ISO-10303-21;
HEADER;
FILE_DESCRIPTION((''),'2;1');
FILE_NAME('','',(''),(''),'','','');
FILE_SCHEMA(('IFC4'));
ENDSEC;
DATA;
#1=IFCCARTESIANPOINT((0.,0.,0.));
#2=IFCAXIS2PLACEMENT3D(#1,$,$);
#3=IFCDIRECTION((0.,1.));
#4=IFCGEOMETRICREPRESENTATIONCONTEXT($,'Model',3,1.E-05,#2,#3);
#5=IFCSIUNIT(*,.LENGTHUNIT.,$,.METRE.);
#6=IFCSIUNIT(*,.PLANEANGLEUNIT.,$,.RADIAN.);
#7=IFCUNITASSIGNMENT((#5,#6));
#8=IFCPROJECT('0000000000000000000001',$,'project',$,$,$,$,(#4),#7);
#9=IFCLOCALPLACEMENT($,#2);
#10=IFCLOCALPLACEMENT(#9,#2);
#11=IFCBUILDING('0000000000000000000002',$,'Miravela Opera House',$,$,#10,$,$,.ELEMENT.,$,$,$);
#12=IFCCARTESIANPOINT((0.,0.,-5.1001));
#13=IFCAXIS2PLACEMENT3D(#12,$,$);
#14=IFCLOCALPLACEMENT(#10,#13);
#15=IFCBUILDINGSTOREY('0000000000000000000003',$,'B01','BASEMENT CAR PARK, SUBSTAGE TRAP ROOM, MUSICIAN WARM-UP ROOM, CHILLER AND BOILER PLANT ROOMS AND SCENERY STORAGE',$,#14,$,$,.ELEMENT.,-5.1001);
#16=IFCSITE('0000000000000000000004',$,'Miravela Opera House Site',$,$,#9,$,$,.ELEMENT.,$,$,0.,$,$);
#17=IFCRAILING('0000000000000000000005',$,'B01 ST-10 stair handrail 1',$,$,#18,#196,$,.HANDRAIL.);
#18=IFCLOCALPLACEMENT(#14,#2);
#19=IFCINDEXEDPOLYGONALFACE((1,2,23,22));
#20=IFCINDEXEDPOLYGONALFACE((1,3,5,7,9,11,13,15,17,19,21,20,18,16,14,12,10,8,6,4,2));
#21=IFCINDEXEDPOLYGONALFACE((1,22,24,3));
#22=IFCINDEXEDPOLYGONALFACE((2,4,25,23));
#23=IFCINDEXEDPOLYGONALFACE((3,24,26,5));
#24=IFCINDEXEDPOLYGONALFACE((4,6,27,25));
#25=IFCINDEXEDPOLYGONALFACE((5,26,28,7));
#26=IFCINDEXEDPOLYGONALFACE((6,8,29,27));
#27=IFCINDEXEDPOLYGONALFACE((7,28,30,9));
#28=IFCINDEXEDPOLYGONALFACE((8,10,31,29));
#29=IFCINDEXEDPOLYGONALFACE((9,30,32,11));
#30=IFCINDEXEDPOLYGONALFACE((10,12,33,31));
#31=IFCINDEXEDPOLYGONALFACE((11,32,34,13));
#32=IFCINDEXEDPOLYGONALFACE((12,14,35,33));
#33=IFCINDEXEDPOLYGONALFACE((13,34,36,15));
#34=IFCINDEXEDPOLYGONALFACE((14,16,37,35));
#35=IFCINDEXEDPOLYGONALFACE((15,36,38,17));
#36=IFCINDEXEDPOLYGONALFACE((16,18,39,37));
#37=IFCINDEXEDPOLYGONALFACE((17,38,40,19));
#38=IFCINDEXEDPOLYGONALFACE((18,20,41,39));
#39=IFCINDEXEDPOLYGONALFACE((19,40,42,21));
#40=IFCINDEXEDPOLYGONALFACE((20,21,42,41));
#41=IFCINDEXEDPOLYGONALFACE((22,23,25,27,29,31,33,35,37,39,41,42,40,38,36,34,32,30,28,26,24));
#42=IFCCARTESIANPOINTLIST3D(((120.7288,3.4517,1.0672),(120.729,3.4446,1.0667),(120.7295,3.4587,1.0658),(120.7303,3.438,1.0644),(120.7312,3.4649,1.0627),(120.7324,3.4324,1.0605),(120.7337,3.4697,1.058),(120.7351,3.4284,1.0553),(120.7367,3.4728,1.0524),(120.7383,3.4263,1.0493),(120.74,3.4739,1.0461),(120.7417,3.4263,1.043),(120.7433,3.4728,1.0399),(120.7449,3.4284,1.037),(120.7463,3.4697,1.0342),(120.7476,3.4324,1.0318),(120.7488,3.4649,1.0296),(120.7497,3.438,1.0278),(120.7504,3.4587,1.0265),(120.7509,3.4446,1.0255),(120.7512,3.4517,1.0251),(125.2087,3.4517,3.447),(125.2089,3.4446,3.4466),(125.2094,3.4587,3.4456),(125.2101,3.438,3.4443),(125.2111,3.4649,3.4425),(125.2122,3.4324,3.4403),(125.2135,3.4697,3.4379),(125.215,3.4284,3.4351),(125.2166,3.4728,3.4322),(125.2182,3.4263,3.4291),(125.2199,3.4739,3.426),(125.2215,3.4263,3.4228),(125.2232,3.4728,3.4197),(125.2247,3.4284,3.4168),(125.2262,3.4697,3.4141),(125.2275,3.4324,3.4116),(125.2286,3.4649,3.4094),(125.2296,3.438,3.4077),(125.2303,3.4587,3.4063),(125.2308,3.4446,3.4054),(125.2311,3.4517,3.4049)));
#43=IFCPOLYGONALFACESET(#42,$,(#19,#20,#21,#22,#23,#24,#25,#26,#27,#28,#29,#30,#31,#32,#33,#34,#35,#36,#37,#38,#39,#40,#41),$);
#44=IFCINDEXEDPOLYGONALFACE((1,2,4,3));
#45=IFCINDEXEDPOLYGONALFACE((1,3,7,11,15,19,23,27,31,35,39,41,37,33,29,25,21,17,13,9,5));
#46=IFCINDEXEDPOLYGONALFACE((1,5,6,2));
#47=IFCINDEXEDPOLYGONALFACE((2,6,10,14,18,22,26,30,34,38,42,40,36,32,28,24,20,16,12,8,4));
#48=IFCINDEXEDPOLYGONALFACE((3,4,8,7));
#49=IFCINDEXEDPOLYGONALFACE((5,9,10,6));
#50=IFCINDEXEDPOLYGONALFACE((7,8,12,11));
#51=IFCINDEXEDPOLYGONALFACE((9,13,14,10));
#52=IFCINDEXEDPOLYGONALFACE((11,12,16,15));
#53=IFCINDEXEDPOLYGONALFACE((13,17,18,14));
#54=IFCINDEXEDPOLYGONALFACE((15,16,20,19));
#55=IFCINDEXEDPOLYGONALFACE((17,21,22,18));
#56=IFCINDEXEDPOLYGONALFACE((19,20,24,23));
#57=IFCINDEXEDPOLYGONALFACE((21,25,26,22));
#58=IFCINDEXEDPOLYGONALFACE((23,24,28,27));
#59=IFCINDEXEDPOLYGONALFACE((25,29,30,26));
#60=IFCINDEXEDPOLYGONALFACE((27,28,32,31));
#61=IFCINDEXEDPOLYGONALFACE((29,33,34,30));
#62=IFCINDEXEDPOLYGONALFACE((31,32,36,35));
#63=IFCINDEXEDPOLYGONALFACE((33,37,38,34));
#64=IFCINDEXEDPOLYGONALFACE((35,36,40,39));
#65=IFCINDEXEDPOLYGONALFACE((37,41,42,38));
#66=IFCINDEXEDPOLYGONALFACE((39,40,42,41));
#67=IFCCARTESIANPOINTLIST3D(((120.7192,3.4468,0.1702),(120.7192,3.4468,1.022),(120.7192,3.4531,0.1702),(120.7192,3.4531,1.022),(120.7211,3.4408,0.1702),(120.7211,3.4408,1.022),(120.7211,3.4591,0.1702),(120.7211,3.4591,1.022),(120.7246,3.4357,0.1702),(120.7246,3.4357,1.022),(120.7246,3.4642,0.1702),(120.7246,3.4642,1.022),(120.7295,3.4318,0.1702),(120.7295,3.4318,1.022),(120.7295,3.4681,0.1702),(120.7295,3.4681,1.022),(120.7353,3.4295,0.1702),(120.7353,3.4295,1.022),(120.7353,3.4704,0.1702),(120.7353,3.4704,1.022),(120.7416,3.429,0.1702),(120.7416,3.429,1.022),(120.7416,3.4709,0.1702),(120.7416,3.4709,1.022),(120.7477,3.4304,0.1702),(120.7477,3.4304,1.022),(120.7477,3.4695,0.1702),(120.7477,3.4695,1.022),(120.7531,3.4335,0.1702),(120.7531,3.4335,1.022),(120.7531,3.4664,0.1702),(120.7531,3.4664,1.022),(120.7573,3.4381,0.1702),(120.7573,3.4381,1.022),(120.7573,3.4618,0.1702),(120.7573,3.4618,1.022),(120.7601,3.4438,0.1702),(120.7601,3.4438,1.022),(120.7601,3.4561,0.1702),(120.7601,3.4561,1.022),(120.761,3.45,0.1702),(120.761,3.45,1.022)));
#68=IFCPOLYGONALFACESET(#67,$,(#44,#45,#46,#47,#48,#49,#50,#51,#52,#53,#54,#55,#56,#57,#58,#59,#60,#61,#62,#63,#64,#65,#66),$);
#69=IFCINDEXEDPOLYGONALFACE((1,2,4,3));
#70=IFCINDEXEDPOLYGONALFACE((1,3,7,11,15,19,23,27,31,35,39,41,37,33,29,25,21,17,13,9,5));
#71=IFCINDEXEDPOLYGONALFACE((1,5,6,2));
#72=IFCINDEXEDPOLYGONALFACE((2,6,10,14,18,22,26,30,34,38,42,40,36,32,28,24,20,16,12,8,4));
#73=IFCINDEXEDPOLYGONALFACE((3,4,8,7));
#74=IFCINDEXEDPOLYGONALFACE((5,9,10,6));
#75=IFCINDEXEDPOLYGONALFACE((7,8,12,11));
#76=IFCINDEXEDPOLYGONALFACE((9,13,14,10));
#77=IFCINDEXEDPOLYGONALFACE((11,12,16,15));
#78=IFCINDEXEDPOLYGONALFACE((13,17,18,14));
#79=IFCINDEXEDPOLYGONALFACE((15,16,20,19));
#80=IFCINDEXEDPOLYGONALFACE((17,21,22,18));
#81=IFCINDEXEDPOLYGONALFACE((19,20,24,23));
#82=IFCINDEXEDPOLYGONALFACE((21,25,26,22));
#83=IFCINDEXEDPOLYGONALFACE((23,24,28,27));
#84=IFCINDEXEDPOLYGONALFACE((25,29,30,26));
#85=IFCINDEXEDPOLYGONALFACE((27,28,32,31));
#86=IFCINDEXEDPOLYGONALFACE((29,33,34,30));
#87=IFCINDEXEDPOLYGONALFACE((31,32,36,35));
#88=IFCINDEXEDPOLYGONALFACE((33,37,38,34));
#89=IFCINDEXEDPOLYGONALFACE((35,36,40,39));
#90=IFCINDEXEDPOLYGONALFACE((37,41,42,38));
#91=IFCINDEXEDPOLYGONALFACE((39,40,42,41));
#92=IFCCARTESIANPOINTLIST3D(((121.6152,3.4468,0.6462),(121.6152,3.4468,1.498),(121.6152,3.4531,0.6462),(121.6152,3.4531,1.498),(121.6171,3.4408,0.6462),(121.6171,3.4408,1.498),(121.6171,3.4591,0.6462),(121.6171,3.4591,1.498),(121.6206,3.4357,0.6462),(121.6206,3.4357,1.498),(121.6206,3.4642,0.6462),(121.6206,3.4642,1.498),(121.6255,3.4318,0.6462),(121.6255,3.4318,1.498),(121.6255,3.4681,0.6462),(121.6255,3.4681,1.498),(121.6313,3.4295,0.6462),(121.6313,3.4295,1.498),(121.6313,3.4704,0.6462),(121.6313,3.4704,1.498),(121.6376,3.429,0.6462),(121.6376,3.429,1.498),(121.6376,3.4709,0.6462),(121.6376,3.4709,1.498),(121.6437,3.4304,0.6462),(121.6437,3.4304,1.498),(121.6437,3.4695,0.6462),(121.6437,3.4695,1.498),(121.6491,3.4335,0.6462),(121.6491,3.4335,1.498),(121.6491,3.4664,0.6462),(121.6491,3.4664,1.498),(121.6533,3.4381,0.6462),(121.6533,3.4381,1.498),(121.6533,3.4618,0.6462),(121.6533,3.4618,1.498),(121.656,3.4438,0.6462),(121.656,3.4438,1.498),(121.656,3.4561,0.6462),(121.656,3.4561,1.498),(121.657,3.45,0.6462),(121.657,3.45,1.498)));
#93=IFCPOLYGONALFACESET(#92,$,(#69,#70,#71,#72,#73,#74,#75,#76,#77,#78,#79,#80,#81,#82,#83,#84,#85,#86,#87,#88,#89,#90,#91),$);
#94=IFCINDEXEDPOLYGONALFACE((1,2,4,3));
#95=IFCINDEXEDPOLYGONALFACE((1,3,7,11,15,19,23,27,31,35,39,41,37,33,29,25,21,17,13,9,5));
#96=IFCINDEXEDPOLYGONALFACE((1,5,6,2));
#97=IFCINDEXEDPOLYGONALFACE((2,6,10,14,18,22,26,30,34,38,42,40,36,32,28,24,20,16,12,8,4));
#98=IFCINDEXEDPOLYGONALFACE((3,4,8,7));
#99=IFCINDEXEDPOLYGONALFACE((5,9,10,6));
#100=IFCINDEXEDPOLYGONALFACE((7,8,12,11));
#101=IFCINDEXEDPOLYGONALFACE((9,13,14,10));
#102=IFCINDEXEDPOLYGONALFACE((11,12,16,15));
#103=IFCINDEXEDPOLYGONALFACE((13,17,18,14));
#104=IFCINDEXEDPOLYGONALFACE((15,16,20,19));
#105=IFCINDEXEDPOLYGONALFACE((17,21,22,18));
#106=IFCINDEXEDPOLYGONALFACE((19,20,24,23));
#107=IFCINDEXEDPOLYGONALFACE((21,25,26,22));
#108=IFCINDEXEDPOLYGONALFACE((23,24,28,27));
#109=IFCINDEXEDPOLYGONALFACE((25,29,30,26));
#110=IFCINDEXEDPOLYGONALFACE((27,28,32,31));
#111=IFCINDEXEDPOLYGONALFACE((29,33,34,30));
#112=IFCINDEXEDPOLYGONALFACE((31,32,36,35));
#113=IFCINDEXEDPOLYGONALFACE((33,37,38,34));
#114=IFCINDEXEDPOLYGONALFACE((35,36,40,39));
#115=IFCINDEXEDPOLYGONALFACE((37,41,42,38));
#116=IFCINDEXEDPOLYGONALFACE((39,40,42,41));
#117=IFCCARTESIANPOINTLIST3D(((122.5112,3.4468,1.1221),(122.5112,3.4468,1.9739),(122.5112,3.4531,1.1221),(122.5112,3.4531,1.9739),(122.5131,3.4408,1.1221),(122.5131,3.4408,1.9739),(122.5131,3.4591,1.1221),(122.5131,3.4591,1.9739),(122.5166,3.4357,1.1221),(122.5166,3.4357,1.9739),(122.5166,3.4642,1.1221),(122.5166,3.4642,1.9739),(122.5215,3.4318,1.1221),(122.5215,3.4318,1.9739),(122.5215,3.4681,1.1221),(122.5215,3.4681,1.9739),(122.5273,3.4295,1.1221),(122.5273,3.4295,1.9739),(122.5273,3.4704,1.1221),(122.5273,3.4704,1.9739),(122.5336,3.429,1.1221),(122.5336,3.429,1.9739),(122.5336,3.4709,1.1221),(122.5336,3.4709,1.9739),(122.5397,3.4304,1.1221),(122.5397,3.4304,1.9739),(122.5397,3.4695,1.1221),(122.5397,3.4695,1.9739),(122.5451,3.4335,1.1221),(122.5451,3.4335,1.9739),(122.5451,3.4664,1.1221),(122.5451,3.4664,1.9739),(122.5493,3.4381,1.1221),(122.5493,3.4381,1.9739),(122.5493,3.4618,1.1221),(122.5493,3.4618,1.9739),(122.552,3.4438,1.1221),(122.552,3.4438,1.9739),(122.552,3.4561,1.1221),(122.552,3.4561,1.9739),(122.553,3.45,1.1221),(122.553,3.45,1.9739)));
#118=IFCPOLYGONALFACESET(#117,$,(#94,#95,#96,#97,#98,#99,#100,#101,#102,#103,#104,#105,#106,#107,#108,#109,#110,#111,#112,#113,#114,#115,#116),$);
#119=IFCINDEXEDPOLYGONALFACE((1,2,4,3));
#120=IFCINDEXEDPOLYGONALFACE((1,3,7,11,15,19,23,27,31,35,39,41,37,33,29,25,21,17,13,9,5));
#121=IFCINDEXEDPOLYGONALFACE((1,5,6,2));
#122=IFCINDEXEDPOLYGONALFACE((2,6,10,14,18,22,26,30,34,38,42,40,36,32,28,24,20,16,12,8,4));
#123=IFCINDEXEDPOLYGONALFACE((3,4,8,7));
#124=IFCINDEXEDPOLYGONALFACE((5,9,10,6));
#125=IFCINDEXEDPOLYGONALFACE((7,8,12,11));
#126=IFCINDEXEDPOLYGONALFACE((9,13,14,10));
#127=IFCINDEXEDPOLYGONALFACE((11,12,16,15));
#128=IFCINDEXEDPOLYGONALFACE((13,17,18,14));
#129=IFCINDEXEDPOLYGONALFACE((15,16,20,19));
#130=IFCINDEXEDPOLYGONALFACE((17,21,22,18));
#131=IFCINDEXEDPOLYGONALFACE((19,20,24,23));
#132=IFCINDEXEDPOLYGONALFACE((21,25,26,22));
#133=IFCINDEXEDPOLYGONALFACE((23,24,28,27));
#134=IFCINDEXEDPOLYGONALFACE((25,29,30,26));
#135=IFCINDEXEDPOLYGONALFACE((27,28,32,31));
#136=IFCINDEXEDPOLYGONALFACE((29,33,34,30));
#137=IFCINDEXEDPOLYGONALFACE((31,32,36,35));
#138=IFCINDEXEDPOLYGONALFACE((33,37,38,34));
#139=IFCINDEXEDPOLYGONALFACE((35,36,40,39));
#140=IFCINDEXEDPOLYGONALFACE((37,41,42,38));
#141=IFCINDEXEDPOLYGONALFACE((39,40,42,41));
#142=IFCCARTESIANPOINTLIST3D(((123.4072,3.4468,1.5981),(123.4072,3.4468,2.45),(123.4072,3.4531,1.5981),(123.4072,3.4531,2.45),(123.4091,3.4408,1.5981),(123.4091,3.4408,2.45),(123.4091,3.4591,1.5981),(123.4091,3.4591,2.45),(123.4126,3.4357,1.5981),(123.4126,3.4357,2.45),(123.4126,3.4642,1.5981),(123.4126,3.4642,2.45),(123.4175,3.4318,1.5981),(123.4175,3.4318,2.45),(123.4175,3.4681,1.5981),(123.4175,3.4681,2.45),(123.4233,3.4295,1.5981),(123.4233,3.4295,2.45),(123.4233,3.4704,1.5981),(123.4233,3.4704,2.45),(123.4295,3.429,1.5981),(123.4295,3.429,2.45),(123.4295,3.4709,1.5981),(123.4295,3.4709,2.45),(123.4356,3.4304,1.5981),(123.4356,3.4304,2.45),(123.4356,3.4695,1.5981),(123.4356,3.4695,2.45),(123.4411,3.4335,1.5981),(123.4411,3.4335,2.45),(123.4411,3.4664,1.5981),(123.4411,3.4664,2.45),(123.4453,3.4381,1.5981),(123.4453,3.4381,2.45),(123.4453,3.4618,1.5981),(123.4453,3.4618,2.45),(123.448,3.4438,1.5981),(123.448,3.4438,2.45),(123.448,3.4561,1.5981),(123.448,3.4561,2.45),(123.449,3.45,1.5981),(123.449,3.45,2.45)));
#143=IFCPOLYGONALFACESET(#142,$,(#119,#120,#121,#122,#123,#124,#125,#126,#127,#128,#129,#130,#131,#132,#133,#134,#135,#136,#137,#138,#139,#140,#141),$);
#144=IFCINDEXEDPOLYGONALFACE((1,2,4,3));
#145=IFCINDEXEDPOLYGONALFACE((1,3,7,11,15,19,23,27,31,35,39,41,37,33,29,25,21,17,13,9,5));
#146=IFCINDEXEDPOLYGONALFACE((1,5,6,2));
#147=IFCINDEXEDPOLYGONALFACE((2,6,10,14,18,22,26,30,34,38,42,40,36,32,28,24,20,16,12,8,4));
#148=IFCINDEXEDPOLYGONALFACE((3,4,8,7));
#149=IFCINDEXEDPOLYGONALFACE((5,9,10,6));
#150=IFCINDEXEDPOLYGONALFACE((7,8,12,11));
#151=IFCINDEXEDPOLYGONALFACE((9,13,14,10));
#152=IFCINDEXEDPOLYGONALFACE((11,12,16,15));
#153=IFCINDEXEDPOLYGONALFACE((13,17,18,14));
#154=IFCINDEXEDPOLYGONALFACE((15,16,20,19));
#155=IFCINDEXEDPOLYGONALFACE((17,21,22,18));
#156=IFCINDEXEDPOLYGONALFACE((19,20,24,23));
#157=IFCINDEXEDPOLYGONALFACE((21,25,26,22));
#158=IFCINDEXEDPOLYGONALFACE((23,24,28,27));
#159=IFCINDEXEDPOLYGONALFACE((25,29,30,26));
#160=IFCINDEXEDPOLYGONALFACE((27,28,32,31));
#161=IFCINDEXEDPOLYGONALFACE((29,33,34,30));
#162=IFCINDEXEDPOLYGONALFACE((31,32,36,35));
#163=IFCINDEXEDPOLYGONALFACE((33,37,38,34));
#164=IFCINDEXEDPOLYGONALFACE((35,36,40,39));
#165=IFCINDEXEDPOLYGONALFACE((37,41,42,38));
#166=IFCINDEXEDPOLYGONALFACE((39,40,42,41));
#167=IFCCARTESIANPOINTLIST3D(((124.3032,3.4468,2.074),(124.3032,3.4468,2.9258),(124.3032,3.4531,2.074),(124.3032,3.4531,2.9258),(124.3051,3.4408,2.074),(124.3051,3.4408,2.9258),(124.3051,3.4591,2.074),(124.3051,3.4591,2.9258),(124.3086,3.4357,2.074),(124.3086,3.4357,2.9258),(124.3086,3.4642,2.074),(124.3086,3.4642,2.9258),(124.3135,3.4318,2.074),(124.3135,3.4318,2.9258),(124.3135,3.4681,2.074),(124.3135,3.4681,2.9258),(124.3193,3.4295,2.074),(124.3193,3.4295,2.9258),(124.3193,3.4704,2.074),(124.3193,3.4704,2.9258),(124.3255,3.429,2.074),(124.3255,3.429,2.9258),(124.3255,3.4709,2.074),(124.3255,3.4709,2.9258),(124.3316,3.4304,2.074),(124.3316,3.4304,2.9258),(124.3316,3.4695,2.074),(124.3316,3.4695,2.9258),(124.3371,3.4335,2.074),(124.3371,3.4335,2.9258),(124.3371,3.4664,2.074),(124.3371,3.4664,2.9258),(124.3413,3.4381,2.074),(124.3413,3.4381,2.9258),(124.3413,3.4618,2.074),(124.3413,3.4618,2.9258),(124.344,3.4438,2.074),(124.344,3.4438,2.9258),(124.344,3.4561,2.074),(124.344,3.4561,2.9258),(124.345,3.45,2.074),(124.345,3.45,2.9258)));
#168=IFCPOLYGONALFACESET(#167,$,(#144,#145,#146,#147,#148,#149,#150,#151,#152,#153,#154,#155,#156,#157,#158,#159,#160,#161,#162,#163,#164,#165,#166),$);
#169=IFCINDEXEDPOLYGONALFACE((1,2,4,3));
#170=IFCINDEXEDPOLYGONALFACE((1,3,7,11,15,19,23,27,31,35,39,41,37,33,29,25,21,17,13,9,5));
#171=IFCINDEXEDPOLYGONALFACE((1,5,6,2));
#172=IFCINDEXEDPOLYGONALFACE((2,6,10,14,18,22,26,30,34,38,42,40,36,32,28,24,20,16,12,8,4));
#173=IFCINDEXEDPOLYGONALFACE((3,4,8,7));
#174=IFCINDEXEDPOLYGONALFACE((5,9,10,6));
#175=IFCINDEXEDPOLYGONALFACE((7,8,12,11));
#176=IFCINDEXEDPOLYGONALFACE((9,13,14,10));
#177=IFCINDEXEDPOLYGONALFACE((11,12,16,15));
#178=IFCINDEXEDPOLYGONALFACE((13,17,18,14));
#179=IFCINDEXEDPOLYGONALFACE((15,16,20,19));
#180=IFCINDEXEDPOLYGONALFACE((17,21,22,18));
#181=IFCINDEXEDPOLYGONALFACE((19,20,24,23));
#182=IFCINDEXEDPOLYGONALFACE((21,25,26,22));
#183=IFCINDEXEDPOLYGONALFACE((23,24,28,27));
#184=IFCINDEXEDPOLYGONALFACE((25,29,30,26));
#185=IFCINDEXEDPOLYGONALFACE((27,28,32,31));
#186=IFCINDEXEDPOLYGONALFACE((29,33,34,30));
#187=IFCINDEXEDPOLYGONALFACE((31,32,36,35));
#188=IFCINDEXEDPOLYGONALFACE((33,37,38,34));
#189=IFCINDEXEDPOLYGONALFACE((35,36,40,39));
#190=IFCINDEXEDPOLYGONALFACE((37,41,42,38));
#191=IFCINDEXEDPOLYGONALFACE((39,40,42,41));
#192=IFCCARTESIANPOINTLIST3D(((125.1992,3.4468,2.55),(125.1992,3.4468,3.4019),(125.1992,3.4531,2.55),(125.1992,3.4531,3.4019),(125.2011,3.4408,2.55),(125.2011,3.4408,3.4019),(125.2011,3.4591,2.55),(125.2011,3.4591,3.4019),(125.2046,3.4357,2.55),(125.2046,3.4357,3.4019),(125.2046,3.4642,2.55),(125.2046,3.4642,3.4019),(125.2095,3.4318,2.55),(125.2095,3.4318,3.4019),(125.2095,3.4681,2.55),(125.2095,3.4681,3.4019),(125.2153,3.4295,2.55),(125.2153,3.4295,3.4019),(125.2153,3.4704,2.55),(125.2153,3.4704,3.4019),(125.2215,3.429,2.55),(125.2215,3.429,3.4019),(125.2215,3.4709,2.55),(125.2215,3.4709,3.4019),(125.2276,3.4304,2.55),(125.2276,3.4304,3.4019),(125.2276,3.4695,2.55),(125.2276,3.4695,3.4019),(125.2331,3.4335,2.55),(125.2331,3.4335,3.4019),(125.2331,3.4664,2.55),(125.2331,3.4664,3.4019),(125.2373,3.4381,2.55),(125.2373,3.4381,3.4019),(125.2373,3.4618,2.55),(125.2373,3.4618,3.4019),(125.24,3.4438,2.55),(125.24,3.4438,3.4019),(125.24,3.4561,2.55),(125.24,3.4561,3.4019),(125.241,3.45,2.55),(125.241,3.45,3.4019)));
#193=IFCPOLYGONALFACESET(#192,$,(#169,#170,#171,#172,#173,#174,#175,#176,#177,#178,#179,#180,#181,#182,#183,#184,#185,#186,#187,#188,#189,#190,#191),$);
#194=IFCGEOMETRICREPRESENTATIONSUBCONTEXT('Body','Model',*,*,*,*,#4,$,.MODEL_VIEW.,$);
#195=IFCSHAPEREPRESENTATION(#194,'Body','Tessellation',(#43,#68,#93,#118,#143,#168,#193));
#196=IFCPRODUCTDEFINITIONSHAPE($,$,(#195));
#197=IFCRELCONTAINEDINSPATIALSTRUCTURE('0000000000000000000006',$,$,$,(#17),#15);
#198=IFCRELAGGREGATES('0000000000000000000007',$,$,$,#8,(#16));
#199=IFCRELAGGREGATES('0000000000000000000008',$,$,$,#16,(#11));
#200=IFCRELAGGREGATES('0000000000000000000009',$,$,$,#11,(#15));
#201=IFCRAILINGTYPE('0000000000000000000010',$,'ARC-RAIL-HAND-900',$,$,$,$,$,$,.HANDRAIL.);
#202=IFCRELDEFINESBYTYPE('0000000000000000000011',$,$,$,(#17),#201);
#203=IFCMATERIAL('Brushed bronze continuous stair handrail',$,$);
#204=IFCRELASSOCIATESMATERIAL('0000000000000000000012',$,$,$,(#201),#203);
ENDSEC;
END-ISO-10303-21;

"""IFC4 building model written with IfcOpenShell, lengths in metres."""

from ifc_helpers import new_model, si_unit, direction, frame, origin, origin_2d, place, context, subcontext, project, spatial, circle, extrude, material, type_object, element, save


model = new_model("IFC4")

# Units and contexts
model_context = context("Model", 3, precision=1e-05, world=origin(), true_north=direction((0.0, 1.0)))
body_context = subcontext(model_context, "Body", "Model", "MODEL_VIEW")
ifc_project = project(units=[si_unit("LENGTHUNIT", "METRE"), si_unit("PLANEANGLEUNIT", "RADIAN")], contexts=[model_context])

# Site, building, storey
site_placement = place(None, origin())
site = spatial("IfcSite", under=ifc_project, at=site_placement, Name="Miravela Opera House Site", CompositionType="ELEMENT", RefElevation=0.0)
building_placement = place(site_placement, origin())
building = spatial("IfcBuilding", under=site, at=building_placement, Name="Miravela Opera House", CompositionType="ELEMENT")
storey_placement = place(building_placement, frame((0.0, 0.0, -5.1001)))
storey = spatial("IfcBuildingStorey", under=building, at=storey_placement, Name="B01", Description="BASEMENT CAR PARK, SUBSTAGE TRAP ROOM, MUSICIAN WARM-UP ROOM, CHILLER AND BOILER PLANT ROOMS AND SCENERY STORAGE", CompositionType="ELEMENT", Elevation=-5.1001)

# Railing
ifc_material_1 = material(Name="Brushed bronze continuous stair handrail")
railing_type_1 = type_object("IfcRailingType", Name="ARC-RAIL-HAND-900", PredefinedType="HANDRAIL", material=ifc_material_1)
railing_1_placement = place(storey_placement, frame((120.74, 3.45, 0.1702)))
element("IfcRailing", 1, at=railing_1_placement, inside=storey, type_object=railing_type_1, Name="B01 ST-10 stair handrail 1", PredefinedType="HANDRAIL", context=body_context, shape_type="SweptSolid", body=[
    extrude(circle(Radius=0.0239, at=origin_2d()), frame((0.0, 0.0, 0.876), z_axis=(0.883124, 0.0, 0.469139), x_axis=(0.0, 1.0, 0.0)), (0.0, 0.0, 1.0), 5.0728),
    extrude(circle(Radius=0.021, at=origin_2d()), origin(), (0.0, 0.0, 1.0), 0.8518),
    extrude(circle(Radius=0.021, at=origin_2d()), frame((0.896, 0.0, 0.4761)), (0.0, 0.0, 1.0), 0.8518),
    extrude(circle(Radius=0.021, at=origin_2d()), frame((1.792, 0.0, 0.9519)), (0.0, 0.0, 1.0), 0.8518),
    extrude(circle(Radius=0.021, at=origin_2d()), frame((2.688, 0.0, 1.428)), (0.0, 0.0, 1.0), 0.8518),
    extrude(circle(Radius=0.021, at=origin_2d()), frame((3.584, 0.0, 1.9038)), (0.0, 0.0, 1.0), 0.8518),
    extrude(circle(Radius=0.021, at=origin_2d()), frame((4.48, 0.0, 2.3799)), (0.0, 0.0, 1.0), 0.8518),
])

save(model, "model.ifc")
